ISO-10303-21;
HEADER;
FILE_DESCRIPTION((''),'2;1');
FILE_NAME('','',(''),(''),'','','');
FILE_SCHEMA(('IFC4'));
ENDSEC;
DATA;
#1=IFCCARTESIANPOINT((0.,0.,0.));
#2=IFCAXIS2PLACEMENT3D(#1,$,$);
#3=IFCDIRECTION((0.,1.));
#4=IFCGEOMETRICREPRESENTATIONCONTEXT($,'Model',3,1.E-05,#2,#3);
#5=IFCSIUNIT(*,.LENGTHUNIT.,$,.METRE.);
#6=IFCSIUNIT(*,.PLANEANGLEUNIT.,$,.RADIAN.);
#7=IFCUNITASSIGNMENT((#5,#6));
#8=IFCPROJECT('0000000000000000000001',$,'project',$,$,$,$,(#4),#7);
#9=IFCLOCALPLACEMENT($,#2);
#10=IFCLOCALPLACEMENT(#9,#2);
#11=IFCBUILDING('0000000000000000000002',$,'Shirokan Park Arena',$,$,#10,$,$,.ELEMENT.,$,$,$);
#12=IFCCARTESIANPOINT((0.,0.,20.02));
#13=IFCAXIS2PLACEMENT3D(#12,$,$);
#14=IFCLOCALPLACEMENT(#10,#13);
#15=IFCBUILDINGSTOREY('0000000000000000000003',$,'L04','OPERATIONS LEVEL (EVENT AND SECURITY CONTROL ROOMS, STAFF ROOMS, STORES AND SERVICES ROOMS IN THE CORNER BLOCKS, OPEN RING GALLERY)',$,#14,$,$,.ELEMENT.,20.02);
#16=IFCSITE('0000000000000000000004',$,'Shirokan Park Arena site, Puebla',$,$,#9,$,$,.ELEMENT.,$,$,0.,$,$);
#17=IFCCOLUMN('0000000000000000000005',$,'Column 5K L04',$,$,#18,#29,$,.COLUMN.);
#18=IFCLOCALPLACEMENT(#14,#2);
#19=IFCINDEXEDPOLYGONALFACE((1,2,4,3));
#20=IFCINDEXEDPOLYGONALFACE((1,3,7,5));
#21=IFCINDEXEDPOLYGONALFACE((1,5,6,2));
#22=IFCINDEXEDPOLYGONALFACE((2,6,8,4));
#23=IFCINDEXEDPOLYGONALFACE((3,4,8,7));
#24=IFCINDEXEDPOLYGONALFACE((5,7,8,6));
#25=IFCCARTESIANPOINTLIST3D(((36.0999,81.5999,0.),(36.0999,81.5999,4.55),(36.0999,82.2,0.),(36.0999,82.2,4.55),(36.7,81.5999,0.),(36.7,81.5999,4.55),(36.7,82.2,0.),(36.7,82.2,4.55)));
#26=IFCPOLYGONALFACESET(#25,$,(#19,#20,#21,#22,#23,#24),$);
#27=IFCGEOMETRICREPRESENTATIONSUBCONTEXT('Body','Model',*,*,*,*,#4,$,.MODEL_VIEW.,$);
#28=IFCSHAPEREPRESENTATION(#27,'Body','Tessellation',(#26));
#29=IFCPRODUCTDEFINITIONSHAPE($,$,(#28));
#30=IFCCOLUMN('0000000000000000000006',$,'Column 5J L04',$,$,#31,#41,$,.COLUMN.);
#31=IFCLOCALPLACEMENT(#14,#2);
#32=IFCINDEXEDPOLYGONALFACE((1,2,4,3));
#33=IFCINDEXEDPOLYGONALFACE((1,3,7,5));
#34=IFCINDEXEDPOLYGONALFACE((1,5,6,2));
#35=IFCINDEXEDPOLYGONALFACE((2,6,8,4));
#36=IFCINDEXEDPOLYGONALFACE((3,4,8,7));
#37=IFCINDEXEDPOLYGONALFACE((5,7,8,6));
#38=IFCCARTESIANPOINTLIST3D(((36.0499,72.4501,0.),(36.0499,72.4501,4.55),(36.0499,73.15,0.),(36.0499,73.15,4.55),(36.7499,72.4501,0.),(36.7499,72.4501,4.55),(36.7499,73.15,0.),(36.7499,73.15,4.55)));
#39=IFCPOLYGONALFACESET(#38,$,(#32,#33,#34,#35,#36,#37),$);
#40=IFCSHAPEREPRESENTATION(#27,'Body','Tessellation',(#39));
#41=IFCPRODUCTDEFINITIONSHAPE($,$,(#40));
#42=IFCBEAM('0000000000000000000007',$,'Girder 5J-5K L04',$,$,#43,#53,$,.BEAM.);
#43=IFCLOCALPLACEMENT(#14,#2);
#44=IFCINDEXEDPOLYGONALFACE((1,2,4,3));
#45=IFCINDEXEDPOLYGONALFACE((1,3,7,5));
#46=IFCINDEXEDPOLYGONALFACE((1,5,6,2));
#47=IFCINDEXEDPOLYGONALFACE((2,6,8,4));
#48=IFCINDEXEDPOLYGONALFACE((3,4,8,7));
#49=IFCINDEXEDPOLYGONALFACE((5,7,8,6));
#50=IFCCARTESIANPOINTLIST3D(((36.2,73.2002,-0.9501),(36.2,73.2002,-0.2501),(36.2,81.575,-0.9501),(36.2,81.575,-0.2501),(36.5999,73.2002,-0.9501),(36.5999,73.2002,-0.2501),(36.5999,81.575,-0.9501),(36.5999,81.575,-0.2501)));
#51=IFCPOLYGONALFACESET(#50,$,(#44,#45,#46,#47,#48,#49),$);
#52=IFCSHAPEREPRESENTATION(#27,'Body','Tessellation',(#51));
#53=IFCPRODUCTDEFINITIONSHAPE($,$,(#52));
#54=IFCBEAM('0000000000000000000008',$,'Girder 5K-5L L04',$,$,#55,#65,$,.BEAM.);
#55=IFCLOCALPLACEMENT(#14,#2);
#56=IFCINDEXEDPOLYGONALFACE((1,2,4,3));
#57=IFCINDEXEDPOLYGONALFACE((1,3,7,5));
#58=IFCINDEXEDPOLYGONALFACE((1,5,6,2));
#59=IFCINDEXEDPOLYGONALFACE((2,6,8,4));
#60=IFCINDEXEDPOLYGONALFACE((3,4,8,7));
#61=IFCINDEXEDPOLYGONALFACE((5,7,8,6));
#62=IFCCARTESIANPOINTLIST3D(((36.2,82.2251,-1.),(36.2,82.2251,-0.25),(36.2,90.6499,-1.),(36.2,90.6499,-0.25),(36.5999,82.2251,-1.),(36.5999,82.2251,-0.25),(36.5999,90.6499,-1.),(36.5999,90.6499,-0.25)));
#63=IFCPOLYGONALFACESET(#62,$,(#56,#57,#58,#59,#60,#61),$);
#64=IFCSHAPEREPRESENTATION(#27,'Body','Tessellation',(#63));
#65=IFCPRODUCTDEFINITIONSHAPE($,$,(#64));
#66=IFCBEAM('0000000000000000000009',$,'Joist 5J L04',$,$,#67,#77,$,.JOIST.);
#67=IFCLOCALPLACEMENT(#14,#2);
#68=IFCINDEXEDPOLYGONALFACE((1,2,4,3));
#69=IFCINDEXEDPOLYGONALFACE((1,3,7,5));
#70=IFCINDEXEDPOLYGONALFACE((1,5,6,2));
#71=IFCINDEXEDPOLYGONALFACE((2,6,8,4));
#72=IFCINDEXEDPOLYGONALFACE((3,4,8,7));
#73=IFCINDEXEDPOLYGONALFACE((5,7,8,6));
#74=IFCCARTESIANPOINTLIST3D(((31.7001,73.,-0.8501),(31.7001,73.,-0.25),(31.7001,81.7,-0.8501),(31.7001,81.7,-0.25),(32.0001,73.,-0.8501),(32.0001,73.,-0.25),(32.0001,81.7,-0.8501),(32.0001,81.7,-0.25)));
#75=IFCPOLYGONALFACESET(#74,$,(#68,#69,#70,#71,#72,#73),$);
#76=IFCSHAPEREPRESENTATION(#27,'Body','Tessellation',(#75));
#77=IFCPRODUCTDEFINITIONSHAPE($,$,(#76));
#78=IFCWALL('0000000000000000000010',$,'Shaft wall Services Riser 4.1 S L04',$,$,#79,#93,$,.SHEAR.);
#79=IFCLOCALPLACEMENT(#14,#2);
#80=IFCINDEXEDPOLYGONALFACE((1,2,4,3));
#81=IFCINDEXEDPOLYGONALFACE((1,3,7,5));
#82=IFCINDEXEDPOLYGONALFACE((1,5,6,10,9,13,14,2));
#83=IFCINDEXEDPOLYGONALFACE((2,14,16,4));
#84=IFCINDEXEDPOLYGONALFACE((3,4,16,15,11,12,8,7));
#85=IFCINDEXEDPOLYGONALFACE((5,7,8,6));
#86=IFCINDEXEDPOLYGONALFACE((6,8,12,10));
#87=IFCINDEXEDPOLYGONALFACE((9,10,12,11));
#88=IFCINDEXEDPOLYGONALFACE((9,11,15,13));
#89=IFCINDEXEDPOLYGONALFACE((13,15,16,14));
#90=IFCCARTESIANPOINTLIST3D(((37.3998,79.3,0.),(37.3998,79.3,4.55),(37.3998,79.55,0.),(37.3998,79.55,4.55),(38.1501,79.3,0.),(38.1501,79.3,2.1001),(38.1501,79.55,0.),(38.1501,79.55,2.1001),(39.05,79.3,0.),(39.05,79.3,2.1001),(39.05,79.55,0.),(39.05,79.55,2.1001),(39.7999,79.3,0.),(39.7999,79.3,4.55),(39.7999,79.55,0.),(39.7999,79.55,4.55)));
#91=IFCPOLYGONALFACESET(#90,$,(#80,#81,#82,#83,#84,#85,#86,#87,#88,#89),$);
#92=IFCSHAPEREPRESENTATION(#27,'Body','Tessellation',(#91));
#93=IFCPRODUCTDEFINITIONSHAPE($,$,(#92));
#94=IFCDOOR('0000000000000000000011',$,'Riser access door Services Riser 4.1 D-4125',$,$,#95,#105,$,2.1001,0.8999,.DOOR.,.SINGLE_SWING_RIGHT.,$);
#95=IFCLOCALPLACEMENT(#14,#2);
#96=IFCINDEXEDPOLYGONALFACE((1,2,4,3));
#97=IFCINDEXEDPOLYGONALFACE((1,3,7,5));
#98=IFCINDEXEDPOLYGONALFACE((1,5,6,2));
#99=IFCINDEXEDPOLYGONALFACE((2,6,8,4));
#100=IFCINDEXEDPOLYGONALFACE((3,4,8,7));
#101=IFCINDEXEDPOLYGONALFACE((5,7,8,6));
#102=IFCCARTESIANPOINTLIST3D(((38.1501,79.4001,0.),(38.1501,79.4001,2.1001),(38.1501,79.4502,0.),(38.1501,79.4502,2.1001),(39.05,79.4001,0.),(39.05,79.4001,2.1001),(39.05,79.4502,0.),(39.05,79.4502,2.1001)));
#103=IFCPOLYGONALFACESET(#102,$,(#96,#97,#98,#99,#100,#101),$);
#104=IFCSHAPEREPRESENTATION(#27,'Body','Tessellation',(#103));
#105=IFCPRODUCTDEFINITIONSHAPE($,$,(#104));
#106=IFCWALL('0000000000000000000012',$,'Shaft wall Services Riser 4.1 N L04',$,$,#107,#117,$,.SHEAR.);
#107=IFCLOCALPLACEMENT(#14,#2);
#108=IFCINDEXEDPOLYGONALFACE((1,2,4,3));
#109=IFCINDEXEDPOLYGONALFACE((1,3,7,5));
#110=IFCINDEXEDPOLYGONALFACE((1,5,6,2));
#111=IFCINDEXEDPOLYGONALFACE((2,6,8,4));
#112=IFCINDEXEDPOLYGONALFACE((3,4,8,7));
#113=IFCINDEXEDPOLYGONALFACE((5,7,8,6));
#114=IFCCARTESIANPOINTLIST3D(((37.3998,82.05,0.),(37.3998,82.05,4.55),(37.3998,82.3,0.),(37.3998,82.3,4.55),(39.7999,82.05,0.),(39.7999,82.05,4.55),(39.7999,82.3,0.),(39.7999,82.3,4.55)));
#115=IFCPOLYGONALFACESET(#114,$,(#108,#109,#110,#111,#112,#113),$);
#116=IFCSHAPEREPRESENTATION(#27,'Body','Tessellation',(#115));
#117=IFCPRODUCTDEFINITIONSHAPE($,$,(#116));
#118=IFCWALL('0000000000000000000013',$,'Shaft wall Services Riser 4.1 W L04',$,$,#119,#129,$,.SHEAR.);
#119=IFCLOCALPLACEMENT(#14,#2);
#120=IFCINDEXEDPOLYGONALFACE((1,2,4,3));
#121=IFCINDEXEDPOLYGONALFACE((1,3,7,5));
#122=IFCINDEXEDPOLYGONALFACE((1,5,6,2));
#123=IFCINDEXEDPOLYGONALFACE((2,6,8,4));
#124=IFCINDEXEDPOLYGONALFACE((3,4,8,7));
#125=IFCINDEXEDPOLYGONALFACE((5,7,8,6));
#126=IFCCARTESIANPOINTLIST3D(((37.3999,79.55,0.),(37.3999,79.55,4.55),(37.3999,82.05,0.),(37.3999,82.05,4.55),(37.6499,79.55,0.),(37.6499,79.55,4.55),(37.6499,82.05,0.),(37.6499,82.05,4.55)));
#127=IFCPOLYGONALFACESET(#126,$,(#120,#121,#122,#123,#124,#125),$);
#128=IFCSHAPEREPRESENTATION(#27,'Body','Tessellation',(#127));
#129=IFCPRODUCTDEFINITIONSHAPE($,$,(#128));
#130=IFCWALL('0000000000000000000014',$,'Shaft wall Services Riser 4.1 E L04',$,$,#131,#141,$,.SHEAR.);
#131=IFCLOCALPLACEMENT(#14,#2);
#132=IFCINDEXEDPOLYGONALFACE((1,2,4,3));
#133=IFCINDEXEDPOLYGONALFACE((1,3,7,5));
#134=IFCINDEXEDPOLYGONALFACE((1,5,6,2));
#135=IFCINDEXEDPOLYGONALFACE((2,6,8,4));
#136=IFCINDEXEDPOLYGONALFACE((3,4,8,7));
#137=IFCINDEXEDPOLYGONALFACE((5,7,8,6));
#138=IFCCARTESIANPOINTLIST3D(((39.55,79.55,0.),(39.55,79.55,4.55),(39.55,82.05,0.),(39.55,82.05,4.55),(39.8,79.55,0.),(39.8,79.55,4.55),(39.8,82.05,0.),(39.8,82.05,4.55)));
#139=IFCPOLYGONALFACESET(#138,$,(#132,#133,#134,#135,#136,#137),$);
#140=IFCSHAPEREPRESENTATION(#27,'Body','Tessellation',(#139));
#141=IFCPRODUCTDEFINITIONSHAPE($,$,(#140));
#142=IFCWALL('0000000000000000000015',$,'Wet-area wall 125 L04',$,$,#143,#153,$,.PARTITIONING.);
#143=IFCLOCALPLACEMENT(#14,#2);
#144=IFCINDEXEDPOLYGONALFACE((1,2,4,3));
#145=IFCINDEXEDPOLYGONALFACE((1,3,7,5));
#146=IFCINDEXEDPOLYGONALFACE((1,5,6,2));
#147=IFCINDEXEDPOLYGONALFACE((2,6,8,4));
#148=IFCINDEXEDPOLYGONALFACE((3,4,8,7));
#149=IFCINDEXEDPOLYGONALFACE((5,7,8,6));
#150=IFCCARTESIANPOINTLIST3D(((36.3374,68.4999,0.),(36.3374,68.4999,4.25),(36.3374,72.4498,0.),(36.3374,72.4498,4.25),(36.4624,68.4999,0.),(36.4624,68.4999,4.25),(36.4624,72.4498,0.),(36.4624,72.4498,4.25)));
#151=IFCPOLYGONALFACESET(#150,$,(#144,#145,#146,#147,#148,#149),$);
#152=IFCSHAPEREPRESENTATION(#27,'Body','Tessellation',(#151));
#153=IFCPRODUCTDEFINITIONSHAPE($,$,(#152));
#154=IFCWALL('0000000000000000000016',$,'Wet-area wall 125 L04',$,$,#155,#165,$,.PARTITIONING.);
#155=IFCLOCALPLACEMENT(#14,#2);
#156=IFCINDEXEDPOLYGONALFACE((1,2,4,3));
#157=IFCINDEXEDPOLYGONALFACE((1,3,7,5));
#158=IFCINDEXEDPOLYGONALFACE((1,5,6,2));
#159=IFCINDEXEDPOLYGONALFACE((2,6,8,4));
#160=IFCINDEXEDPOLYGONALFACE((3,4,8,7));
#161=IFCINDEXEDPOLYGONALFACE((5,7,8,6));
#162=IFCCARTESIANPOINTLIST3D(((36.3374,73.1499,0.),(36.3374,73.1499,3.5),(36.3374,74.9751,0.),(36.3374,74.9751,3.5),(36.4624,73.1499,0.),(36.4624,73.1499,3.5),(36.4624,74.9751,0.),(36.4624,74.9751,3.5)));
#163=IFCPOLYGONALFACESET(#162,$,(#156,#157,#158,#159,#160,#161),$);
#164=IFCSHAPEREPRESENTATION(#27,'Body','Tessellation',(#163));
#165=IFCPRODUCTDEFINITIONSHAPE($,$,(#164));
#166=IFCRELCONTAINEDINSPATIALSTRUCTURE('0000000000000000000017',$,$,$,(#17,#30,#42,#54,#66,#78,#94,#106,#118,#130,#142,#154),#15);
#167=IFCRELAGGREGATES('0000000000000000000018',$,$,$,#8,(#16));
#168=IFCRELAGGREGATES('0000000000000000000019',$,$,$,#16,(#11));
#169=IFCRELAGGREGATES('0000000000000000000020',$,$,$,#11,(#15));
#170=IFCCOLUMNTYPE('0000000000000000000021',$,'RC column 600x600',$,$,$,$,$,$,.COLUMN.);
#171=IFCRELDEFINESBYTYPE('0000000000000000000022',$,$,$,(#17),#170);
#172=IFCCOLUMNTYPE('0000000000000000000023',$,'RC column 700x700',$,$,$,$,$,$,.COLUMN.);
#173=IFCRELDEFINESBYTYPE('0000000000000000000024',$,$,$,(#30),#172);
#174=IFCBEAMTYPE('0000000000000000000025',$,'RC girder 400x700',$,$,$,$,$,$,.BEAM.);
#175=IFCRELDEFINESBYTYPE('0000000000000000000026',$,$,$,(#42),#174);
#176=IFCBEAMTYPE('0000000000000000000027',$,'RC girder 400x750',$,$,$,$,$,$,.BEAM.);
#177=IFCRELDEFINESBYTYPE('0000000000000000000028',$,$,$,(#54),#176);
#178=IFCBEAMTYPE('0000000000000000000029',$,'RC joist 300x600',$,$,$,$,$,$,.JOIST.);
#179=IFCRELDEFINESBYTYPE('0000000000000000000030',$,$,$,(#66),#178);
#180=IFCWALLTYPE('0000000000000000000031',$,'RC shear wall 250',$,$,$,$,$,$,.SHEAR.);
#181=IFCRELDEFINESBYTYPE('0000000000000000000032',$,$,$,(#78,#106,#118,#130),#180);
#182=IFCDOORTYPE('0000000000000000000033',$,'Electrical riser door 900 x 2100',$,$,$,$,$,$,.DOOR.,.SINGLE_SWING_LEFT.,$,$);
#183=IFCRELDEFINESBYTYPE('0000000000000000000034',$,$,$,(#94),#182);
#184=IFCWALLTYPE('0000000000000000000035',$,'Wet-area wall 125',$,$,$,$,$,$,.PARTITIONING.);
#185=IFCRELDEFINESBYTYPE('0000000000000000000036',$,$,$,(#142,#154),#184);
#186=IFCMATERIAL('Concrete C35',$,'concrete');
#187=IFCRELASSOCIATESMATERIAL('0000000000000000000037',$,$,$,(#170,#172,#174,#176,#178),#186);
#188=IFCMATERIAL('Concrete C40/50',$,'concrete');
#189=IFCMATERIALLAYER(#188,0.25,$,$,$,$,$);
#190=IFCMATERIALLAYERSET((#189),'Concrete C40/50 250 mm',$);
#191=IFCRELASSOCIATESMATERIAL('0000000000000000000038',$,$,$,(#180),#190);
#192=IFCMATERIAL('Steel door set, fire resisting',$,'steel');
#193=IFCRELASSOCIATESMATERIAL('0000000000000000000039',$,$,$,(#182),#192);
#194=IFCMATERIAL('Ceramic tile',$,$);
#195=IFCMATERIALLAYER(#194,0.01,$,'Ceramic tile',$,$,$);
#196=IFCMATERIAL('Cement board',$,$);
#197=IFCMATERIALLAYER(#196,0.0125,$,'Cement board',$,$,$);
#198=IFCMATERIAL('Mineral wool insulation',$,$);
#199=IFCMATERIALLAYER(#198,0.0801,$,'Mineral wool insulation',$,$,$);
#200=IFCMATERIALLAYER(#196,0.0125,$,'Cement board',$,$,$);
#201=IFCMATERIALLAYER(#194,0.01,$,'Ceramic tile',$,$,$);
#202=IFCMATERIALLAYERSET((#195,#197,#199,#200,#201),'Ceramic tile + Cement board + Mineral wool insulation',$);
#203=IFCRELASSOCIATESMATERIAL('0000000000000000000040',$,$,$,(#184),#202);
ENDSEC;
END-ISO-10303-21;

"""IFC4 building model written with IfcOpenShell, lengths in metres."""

from ifc_helpers import new_model, si_unit, direction, frame, frame_2d, origin, origin_2d, place, context, subcontext, project, spatial, rectangle, extrude, material, layer, layer_set, material_profile, profile_set, type_object, element, fill, save


model = new_model("IFC4")

# Units and contexts
model_context = context("Model", 3, precision=1e-05, world=origin(), true_north=direction((0.0, 1.0)))
body_context = subcontext(model_context, "Body", "Model", "MODEL_VIEW")
ifc_project = project(units=[si_unit("LENGTHUNIT", "METRE"), si_unit("PLANEANGLEUNIT", "RADIAN")], contexts=[model_context])

# Site, building, storey
site_placement = place(None, origin())
site = spatial("IfcSite", under=ifc_project, at=site_placement, Name="Shirokan Park Arena site, Puebla", CompositionType="ELEMENT", RefElevation=0.0)
building_placement = place(site_placement, origin())
building = spatial("IfcBuilding", under=site, at=building_placement, Name="Shirokan Park Arena", CompositionType="ELEMENT")
storey_placement = place(building_placement, frame((0.0, 0.0, 20.02)))
storey = spatial("IfcBuildingStorey", under=building, at=storey_placement, Name="L04", Description="OPERATIONS LEVEL (EVENT AND SECURITY CONTROL ROOMS, STAFF ROOMS, STORES AND SERVICES ROOMS IN THE CORNER BLOCKS, OPEN RING GALLERY)", CompositionType="ELEMENT", Elevation=20.02)

# Columns
ifc_material_1 = material(Name="Concrete C35", Category="concrete")
ifc_material_profile_1 = material_profile(ifc_material_1, rectangle(XDim=0.6001, YDim=0.6001, at=origin_2d()), Name="600x600")
ifc_profile_set_1 = profile_set([ifc_material_profile_1], Name="Concrete C35")
column_type_1 = type_object("IfcColumnType", Name="RC column 600x600", PredefinedType="COLUMN", material=ifc_profile_set_1)
column_1_placement = place(storey_placement, frame((36.3999, 81.8999, 0.0), z_axis=(0.0, 0.0, 1.0), x_axis=(1.0, 0.0, 0.0)))
element("IfcColumn", 1, at=column_1_placement, inside=storey, type_object=column_type_1, Name="Column 5K L04", PredefinedType="COLUMN", context=body_context, shape_type="SweptSolid", body=[
    extrude(rectangle(XDim=0.6001, YDim=0.6001, at=origin_2d()), origin(), (0.0, 0.0, 1.0), 4.55),
])
ifc_material_profile_2 = material_profile(ifc_material_1, rectangle(XDim=0.7, YDim=0.7, at=origin_2d()), Name="700x700")
ifc_profile_set_2 = profile_set([ifc_material_profile_2], Name="Concrete C35")
column_type_2 = type_object("IfcColumnType", Name="RC column 700x700", PredefinedType="COLUMN", material=ifc_profile_set_2)
column_2_placement = place(storey_placement, frame((36.3999, 72.8, 0.0), z_axis=(0.0, 0.0, 1.0), x_axis=(1.0, 0.0, 0.0)))
element("IfcColumn", 2, at=column_2_placement, inside=storey, type_object=column_type_2, Name="Column 5J L04", PredefinedType="COLUMN", context=body_context, shape_type="SweptSolid", body=[
    extrude(rectangle(XDim=0.7, YDim=0.7, at=origin_2d()), origin(), (0.0, 0.0, 1.0), 4.55),
])

# Beams
ifc_material_profile_3 = material_profile(ifc_material_1, rectangle(XDim=0.3999, YDim=0.7, at=origin_2d()), Name="400x700")
ifc_profile_set_3 = profile_set([ifc_material_profile_3], Name="Concrete C35")
beam_type_1 = type_object("IfcBeamType", Name="RC girder 400x700", PredefinedType="BEAM", material=ifc_profile_set_3)
beam_1_placement = place(storey_placement, frame((36.3999, 73.2002, -0.6001), z_axis=(0.0, 1.0, 0.0), x_axis=(-1.0, 0.0, 0.0)))
element("IfcBeam", 3, at=beam_1_placement, inside=storey, type_object=beam_type_1, Name="Girder 5J-5K L04", PredefinedType="BEAM", context=body_context, shape_type="SweptSolid", body=[
    extrude(rectangle(XDim=0.3999, YDim=0.7, at=origin_2d()), origin(), (0.0, 0.0, 1.0), 8.3748),
])
ifc_material_profile_4 = material_profile(ifc_material_1, rectangle(XDim=0.3999, YDim=0.75, at=origin_2d()), Name="400x750")
ifc_profile_set_4 = profile_set([ifc_material_profile_4], Name="Concrete C35")
beam_type_2 = type_object("IfcBeamType", Name="RC girder 400x750", PredefinedType="BEAM", material=ifc_profile_set_4)
beam_2_placement = place(storey_placement, frame((36.3999, 82.2251, -0.625), z_axis=(0.0, 1.0, 0.0), x_axis=(-1.0, 0.0, 0.0)))
element("IfcBeam", 4, at=beam_2_placement, inside=storey, type_object=beam_type_2, Name="Girder 5K-5L L04", PredefinedType="BEAM", context=body_context, shape_type="SweptSolid", body=[
    extrude(rectangle(XDim=0.3999, YDim=0.75, at=origin_2d()), origin(), (0.0, 0.0, 1.0), 8.4248),
])
ifc_material_profile_5 = material_profile(ifc_material_1, rectangle(XDim=0.3, YDim=0.6001, at=origin_2d()), Name="300x600")
ifc_profile_set_5 = profile_set([ifc_material_profile_5], Name="Concrete C35")
beam_type_3 = type_object("IfcBeamType", Name="RC joist 300x600", PredefinedType="JOIST", material=ifc_profile_set_5)
beam_3_placement = place(storey_placement, frame((31.8501, 73.0, -0.55), z_axis=(0.0, 1.0, 0.0), x_axis=(-1.0, 0.0, 0.0)))
element("IfcBeam", 5, at=beam_3_placement, inside=storey, type_object=beam_type_3, Name="Joist 5J L04", PredefinedType="JOIST", context=body_context, shape_type="SweptSolid", body=[
    extrude(rectangle(XDim=0.3, YDim=0.6001, at=origin_2d()), origin(), (0.0, 0.0, 1.0), 8.7),
])

# Wall, opening, door
ifc_material_2 = material(Name="Concrete C40/50", Category="concrete")
ifc_layer_1 = layer(ifc_material_2, 0.25)
ifc_layer_set_1 = layer_set([ifc_layer_1], Name="Concrete C40/50 250 mm")
wall_type_1 = type_object("IfcWallType", Name="RC shear wall 250", PredefinedType="SHEAR", material=ifc_layer_set_1)
wall_1_placement = place(storey_placement, frame((39.8, 79.425, 0.0), z_axis=(0.0, 0.0, 1.0), x_axis=(-1.0, 0.0, 0.0)))
wall_1 = element("IfcWall", 6, at=wall_1_placement, inside=storey, type_object=wall_type_1, Name="Shaft wall Services Riser 4.1 S L04", PredefinedType="SHEAR", context=body_context, shape_type="SweptSolid", body=[
    extrude(rectangle(XDim=2.4001, YDim=0.25, at=frame_2d((1.2002, 0.0))), origin(), (0.0, 0.0, 1.0), 4.55),
])
opening_1_placement = place(wall_1_placement, frame((0.75, 0.0, 0.0)))
opening_1 = element("IfcOpeningElement", 7, at=opening_1_placement, cuts=wall_1, PredefinedType="OPENING", context=body_context, shape_type="SweptSolid", body=[
    extrude(rectangle(XDim=0.8999, YDim=2.1001, at=frame_2d((0.45, 1.05))), frame((0.0, 0.135, 0.0), z_axis=(0.0, -1.0, 0.0), x_axis=(1.0, 0.0, 0.0)), (0.0, 0.0, 1.0), 0.27),
])
ifc_material_3 = material(Name="Steel door set, fire resisting", Category="steel")
door_type_1 = type_object("IfcDoorType", Name="Electrical riser door 900 x 2100", OperationType="SINGLE_SWING_LEFT", PredefinedType="DOOR", material=ifc_material_3)
door_1_placement = place(opening_1_placement, origin())
door_1 = element("IfcDoor", 8, at=door_1_placement, inside=storey, type_object=door_type_1, Name="Riser access door Services Riser 4.1 D-4125", OperationType="SINGLE_SWING_RIGHT", OverallHeight=2.1001, OverallWidth=0.8999, PredefinedType="DOOR", context=body_context, shape_type="SweptSolid", body=[
    extrude(rectangle(XDim=0.8999, YDim=2.1001, at=frame_2d((0.45, 1.05))), frame((0.0, 0.0249, 0.0), z_axis=(0.0, -1.0, 0.0), x_axis=(1.0, 0.0, 0.0)), (0.0, 0.0, 1.0), 0.05),
])
fill(opening_1, door_1)

# Walls
wall_2_placement = place(storey_placement, frame((39.8, 82.175, 0.0), z_axis=(0.0, 0.0, 1.0), x_axis=(-1.0, 0.0, 0.0)))
element("IfcWall", 9, at=wall_2_placement, inside=storey, type_object=wall_type_1, Name="Shaft wall Services Riser 4.1 N L04", PredefinedType="SHEAR", context=body_context, shape_type="SweptSolid", body=[
    extrude(rectangle(XDim=2.4001, YDim=0.25, at=frame_2d((1.2002, 0.0))), origin(), (0.0, 0.0, 1.0), 4.55),
])
for number, where, z_axis, x_axis, name in (
    (10, (37.5249, 82.05, 0.0), (0.0, 0.0, 1.0), (0.0, -1.0, 0.0), "Shaft wall Services Riser 4.1 W L04"),
    (11, (39.675, 82.05, 0.0), (0.0, 0.0, 1.0), (0.0, -1.0, 0.0), "Shaft wall Services Riser 4.1 E L04"),
):
    element("IfcWall", number, at=place(storey_placement, frame(where, z_axis=z_axis, x_axis=x_axis)), inside=storey, type_object=wall_type_1, Name=name, PredefinedType="SHEAR", context=body_context, shape_type="SweptSolid", body=[
        extrude(rectangle(XDim=2.5, YDim=0.25, at=frame_2d((1.25, 0.0))), origin(), (0.0, 0.0, 1.0), 4.55),
    ])
ifc_material_4 = material(Name="Ceramic tile")
ifc_layer_2 = layer(ifc_material_4, 0.01, Name="Ceramic tile")
ifc_material_5 = material(Name="Cement board")
ifc_layer_3 = layer(ifc_material_5, 0.0125, Name="Cement board")
ifc_material_6 = material(Name="Mineral wool insulation")
ifc_layer_4 = layer(ifc_material_6, 0.0801, Name="Mineral wool insulation")
ifc_layer_5 = layer(ifc_material_5, 0.0125, Name="Cement board")
ifc_layer_6 = layer(ifc_material_4, 0.01, Name="Ceramic tile")
ifc_layer_set_2 = layer_set([ifc_layer_2, ifc_layer_3, ifc_layer_4, ifc_layer_5, ifc_layer_6], Name="Ceramic tile + Cement board + Mineral wool insulation")
wall_type_2 = type_object("IfcWallType", Name="Wet-area wall 125", PredefinedType="PARTITIONING", material=ifc_layer_set_2)
wall_3_placement = place(storey_placement, frame((36.3999, 72.45, 0.0), z_axis=(0.0, 0.0, 1.0), x_axis=(0.0, -1.0, 0.0)))
element("IfcWall", 12, at=wall_3_placement, inside=storey, type_object=wall_type_2, Name="Wet-area wall 125 L04", PredefinedType="PARTITIONING", context=body_context, shape_type="SweptSolid", body=[
    extrude(rectangle(XDim=3.95, YDim=0.125, at=frame_2d((1.9751, 0.0))), origin(), (0.0, 0.0, 1.0), 4.25),
])
wall_4_placement = place(storey_placement, frame((36.3999, 74.9751, 0.0), z_axis=(0.0, 0.0, 1.0), x_axis=(0.0, -1.0, 0.0)))
element("IfcWall", 13, at=wall_4_placement, inside=storey, type_object=wall_type_2, Name="Wet-area wall 125 L04", PredefinedType="PARTITIONING", context=body_context, shape_type="SweptSolid", body=[
    extrude(rectangle(XDim=1.8252, YDim=0.125, at=frame_2d((0.9126, 0.0))), origin(), (0.0, 0.0, 1.0), 3.5),
])

save(model, "model.ifc")
